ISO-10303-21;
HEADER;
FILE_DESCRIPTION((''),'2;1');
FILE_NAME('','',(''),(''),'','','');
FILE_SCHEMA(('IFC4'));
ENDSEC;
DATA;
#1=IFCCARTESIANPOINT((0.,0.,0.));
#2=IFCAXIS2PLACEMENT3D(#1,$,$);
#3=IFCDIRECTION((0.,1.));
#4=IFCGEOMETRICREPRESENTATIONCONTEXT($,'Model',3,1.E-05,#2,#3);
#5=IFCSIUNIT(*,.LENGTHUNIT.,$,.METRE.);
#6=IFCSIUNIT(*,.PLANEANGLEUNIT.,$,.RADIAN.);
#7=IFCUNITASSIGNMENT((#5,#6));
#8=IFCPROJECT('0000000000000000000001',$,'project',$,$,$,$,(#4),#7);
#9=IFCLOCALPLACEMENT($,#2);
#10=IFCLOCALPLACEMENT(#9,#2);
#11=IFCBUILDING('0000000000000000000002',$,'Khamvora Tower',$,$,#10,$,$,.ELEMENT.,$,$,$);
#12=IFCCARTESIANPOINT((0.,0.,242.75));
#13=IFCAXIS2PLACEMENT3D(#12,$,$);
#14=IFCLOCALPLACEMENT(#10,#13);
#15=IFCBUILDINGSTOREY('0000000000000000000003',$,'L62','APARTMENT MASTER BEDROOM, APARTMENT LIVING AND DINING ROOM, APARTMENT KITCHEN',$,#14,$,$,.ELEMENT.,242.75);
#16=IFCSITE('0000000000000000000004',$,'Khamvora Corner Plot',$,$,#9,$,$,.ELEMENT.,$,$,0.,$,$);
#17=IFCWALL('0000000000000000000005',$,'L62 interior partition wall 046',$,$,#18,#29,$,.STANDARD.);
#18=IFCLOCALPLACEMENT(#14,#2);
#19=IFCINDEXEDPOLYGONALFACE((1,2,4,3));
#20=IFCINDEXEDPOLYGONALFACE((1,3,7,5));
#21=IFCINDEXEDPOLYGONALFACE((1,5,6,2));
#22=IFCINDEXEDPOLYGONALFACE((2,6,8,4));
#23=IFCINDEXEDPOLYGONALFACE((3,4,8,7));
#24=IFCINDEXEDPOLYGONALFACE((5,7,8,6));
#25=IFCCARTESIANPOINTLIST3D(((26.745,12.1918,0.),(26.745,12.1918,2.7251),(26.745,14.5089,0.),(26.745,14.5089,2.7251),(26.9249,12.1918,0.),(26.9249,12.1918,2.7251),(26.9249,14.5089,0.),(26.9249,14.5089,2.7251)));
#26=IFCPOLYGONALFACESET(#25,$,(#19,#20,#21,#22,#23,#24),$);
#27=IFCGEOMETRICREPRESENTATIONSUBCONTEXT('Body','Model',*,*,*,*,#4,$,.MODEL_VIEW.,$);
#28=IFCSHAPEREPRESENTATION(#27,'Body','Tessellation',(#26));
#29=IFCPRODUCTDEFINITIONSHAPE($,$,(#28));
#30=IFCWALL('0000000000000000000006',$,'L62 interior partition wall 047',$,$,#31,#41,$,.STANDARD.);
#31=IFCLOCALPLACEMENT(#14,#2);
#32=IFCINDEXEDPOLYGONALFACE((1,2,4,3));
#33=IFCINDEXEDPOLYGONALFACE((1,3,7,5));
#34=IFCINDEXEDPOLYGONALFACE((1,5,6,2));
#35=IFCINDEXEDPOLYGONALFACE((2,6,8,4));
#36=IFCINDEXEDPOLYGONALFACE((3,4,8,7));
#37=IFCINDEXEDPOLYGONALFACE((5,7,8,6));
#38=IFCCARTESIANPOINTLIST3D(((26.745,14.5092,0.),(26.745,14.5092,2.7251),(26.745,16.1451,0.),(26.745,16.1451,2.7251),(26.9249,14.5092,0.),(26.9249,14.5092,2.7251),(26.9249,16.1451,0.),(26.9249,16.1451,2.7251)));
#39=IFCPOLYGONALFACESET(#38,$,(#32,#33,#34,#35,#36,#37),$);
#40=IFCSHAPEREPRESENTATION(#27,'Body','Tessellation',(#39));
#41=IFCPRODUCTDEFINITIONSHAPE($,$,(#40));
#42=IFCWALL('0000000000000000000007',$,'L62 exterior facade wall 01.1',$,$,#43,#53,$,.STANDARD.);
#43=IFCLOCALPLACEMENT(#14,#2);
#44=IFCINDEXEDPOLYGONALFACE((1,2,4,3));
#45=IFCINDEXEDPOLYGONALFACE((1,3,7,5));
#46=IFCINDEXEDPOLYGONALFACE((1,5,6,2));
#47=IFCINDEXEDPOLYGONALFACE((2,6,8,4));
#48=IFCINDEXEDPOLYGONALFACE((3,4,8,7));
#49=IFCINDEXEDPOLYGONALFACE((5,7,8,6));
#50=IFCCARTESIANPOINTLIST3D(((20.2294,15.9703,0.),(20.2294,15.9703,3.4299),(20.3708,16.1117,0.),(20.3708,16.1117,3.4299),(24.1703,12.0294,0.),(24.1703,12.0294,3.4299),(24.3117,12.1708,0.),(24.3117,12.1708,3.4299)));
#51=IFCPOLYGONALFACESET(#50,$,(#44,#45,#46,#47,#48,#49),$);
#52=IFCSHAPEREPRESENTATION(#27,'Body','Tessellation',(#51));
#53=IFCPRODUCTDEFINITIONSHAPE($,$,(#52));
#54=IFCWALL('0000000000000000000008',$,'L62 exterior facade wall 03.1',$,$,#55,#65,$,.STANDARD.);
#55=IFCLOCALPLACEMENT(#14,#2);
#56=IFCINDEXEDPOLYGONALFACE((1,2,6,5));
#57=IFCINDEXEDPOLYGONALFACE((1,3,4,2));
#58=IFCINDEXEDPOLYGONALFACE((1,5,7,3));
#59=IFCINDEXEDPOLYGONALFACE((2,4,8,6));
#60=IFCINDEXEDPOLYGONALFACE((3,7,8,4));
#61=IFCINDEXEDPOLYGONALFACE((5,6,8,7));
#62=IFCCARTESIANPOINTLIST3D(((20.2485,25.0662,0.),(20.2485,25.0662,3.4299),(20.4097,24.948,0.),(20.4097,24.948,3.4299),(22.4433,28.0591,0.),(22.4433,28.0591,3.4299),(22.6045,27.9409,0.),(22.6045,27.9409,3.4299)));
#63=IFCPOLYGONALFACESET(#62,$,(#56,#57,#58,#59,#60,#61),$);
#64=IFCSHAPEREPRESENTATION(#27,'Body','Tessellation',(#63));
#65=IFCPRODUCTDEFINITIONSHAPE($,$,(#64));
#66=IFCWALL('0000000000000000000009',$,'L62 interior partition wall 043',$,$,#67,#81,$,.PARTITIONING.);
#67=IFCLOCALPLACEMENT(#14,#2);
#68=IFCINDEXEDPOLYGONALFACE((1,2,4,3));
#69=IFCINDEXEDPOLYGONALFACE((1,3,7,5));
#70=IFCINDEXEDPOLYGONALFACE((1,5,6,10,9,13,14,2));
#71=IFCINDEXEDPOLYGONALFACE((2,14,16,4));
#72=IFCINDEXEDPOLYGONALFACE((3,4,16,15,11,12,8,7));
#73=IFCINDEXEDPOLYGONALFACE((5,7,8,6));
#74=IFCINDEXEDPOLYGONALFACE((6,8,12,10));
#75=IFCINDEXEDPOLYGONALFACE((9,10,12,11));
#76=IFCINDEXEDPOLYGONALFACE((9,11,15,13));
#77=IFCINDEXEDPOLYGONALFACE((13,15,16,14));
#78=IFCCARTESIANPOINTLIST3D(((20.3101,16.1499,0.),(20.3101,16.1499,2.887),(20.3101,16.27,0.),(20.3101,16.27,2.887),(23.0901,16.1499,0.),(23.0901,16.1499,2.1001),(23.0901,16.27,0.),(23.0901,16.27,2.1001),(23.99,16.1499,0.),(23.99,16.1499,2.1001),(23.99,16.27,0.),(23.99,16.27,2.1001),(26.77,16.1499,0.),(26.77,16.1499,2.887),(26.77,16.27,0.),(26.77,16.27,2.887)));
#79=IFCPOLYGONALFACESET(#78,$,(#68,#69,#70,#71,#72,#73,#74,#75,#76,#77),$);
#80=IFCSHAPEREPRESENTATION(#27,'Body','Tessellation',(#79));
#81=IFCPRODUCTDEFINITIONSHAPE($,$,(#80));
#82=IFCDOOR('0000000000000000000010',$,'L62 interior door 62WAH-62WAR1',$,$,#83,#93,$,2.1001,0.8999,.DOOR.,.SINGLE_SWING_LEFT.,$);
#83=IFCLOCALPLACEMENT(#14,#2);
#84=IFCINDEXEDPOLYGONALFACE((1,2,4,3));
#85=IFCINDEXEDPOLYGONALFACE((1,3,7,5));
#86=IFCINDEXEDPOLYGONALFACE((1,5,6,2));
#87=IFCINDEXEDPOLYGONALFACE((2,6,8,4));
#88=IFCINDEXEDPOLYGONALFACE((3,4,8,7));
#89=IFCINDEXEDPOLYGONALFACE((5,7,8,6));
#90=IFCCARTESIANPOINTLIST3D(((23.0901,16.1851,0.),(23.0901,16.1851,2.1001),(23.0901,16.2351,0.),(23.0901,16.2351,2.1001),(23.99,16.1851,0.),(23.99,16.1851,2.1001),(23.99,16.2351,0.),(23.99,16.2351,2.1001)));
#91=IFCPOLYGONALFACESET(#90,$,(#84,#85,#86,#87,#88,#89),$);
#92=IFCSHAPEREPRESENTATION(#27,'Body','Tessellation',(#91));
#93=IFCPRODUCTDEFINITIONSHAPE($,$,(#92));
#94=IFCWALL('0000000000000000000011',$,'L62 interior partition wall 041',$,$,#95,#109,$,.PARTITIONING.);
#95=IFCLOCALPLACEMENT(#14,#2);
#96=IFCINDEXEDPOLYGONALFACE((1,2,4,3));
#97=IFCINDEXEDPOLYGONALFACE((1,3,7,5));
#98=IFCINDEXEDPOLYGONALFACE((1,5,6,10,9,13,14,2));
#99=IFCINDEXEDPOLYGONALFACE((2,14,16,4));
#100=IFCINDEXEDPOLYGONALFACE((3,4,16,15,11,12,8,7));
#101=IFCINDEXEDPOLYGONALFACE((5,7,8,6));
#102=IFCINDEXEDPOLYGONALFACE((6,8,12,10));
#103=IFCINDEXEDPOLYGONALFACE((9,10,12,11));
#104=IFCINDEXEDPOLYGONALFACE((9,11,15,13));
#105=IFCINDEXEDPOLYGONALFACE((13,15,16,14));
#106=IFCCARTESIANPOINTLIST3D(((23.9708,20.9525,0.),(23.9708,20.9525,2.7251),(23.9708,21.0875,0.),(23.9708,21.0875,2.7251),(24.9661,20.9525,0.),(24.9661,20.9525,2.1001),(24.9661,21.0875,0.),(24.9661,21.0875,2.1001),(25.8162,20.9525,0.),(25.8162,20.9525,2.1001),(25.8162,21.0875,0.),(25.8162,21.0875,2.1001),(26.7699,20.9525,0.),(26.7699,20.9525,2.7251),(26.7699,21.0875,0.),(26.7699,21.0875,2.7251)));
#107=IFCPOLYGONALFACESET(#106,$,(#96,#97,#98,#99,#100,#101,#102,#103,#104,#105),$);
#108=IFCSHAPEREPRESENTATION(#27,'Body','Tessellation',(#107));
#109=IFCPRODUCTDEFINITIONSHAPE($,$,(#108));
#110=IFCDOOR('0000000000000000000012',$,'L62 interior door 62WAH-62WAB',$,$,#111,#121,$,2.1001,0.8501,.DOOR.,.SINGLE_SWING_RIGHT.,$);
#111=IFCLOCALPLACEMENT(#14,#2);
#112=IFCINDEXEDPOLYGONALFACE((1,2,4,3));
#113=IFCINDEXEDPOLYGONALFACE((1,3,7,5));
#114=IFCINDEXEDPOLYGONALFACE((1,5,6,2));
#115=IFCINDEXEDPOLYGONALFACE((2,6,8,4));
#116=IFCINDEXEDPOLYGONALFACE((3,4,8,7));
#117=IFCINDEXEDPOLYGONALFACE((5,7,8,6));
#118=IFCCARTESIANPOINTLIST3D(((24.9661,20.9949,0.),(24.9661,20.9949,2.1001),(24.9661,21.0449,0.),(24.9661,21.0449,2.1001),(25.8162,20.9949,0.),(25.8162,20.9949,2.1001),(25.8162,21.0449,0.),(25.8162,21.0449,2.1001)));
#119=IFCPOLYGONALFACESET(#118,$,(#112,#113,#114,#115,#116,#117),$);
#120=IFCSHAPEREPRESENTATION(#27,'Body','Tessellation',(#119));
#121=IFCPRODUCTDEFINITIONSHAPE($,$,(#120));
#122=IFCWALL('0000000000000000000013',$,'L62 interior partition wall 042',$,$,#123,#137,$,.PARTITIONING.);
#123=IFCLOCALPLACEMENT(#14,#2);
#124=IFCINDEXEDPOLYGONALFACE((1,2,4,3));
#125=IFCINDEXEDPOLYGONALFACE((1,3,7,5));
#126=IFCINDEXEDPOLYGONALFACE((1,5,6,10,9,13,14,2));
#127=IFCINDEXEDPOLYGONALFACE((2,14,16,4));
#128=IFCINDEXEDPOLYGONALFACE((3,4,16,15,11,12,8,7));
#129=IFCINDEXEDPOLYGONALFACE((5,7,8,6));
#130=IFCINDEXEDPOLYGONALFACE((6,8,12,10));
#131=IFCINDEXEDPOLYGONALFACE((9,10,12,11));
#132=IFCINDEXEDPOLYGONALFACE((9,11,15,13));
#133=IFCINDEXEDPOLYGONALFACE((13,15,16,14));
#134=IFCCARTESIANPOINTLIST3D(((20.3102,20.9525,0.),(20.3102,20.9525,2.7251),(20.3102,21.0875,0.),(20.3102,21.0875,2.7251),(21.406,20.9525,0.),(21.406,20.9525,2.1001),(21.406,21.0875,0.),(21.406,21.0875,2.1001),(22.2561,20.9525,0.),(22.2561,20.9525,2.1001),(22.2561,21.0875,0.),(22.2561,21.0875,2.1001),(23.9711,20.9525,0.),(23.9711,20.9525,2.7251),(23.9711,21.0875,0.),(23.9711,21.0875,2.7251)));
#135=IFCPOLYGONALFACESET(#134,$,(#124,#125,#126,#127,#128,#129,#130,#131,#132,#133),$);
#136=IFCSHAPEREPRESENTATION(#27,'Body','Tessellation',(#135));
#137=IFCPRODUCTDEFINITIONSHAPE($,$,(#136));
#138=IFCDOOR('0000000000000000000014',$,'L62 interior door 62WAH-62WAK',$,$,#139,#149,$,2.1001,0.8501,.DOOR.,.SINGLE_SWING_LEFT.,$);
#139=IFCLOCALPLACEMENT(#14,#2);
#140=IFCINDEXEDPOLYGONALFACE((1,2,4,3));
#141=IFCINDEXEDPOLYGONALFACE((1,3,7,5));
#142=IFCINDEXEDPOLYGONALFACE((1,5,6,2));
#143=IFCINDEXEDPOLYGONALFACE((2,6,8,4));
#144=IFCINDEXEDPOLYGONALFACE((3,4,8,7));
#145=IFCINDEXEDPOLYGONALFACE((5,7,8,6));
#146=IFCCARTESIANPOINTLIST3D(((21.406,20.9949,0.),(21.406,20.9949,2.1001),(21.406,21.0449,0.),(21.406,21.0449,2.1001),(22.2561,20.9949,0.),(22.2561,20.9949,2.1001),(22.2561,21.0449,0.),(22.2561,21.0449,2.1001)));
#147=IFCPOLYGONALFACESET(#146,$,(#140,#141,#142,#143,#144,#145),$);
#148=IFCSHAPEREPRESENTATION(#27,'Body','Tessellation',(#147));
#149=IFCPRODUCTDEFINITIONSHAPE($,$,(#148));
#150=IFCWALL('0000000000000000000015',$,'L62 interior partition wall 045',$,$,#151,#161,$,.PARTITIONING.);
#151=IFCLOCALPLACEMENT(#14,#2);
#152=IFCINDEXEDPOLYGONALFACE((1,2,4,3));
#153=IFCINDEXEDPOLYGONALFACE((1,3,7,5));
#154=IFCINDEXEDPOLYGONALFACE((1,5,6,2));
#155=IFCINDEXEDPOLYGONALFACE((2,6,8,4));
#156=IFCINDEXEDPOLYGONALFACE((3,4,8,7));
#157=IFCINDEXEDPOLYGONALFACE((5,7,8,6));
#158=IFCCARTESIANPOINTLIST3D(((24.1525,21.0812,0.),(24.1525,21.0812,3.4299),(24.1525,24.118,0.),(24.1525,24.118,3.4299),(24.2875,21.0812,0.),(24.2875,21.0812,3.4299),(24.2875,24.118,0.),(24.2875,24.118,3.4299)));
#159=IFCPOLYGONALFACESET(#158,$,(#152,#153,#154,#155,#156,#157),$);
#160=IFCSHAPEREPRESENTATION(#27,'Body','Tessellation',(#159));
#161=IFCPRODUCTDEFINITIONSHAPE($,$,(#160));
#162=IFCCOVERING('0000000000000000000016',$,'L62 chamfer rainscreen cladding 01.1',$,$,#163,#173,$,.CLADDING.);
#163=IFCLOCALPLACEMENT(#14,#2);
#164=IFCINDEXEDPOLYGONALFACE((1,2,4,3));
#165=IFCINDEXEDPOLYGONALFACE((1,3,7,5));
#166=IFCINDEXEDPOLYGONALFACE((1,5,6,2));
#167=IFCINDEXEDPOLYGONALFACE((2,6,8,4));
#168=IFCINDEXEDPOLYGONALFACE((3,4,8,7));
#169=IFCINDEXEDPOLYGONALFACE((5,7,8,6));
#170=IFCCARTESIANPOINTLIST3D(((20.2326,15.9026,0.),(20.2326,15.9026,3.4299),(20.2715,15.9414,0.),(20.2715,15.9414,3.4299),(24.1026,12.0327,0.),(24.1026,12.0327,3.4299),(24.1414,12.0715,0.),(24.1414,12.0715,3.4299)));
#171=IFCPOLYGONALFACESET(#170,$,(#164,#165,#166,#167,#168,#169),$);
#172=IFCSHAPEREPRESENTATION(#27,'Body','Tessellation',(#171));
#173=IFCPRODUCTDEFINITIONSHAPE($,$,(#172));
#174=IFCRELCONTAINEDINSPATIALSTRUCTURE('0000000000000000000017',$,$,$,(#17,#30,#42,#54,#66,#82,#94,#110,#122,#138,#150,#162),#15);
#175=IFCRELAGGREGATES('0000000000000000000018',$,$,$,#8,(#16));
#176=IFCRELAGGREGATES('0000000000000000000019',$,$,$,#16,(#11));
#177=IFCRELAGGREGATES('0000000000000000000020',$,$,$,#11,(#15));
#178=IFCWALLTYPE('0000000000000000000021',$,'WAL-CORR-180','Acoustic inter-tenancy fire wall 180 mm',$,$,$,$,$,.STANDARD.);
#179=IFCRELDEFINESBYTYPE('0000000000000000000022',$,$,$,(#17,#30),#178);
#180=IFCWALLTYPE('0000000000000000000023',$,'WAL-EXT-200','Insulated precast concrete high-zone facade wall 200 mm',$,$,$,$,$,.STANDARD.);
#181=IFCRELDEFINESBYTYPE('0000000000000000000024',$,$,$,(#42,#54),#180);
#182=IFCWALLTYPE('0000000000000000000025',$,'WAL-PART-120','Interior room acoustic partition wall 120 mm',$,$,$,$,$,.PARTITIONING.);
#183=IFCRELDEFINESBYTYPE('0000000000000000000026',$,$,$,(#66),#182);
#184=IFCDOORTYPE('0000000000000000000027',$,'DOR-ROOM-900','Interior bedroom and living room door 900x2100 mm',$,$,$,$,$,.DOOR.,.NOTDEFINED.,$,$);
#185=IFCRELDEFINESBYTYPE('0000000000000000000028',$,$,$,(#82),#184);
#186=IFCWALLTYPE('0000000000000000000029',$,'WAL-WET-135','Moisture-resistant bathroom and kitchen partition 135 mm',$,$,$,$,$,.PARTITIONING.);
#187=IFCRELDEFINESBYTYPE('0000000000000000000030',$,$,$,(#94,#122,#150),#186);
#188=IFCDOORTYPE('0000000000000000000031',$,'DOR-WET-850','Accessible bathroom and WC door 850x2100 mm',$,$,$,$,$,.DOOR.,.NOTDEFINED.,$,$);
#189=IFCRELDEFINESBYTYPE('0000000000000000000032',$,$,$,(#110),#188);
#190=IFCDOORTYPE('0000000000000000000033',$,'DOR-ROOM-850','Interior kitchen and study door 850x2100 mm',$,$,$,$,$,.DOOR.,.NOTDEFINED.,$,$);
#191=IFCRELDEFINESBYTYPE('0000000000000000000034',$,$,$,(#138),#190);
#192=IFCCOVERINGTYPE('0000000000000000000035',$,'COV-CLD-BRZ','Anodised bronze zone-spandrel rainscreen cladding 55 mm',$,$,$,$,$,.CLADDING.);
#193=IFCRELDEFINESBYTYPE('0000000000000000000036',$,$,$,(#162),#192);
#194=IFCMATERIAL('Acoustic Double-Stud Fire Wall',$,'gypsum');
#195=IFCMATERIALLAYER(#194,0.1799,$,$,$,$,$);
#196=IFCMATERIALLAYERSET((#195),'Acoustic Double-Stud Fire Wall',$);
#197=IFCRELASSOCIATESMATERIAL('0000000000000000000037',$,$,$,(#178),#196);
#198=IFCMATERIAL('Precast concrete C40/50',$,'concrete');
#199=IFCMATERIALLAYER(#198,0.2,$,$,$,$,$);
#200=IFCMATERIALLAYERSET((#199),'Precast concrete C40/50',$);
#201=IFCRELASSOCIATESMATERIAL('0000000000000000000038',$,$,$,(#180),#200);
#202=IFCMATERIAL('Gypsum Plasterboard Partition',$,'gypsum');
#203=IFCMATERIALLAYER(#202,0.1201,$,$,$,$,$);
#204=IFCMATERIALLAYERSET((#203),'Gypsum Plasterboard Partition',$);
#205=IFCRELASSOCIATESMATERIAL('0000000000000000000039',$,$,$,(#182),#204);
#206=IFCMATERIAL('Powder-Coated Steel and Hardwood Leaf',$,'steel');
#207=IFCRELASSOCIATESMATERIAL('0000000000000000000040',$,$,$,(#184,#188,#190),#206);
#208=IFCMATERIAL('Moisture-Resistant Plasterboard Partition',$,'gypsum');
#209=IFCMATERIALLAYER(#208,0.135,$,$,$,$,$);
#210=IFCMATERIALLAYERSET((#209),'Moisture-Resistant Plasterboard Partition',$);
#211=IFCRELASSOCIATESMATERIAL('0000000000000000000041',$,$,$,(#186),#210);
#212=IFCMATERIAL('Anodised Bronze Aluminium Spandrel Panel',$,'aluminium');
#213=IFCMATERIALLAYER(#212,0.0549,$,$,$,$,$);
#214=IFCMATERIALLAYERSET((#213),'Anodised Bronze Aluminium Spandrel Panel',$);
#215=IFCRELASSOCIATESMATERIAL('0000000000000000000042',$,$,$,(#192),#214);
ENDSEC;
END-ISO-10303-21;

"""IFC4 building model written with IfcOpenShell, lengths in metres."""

from ifc_helpers import new_model, si_unit, direction, frame, frame_2d, origin, origin_2d, place, context, subcontext, project, spatial, rectangle, extrude, material, layer, layer_set, type_object, element, fill, save


model = new_model("IFC4")

# Units and contexts
model_context = context("Model", 3, precision=1e-05, world=origin(), true_north=direction((0.0, 1.0)))
body_context = subcontext(model_context, "Body", "Model", "MODEL_VIEW")
ifc_project = project(units=[si_unit("LENGTHUNIT", "METRE"), si_unit("PLANEANGLEUNIT", "RADIAN")], contexts=[model_context])

# Site, building, storey
site_placement = place(None, origin())
site = spatial("IfcSite", under=ifc_project, at=site_placement, Name="Khamvora Corner Plot", CompositionType="ELEMENT", RefElevation=0.0)
building_placement = place(site_placement, origin())
building = spatial("IfcBuilding", under=site, at=building_placement, Name="Khamvora Tower", CompositionType="ELEMENT")
storey_placement = place(building_placement, frame((0.0, 0.0, 242.75)))
storey = spatial("IfcBuildingStorey", under=building, at=storey_placement, Name="L62", Description="APARTMENT MASTER BEDROOM, APARTMENT LIVING AND DINING ROOM, APARTMENT KITCHEN", CompositionType="ELEMENT", Elevation=242.75)

# Shared definitions
ifc_material_1 = material(Name="Powder-Coated Steel and Hardwood Leaf", Category="steel")

# Walls
ifc_material_2 = material(Name="Acoustic Double-Stud Fire Wall", Category="gypsum")
ifc_layer_1 = layer(ifc_material_2, 0.1799)
ifc_layer_set_1 = layer_set([ifc_layer_1], Name="Acoustic Double-Stud Fire Wall")
wall_type_1 = type_object("IfcWallType", Name="WAL-CORR-180", Description="Acoustic inter-tenancy fire wall 180 mm", PredefinedType="STANDARD", material=ifc_layer_set_1)
wall_1_placement = place(storey_placement, frame((26.835, 14.509, 0.0), z_axis=(0.0, 0.0, 1.0), x_axis=(0.0, -1.0, 0.0)))
element("IfcWall", 1, at=wall_1_placement, inside=storey, type_object=wall_type_1, Name="L62 interior partition wall 046", PredefinedType="STANDARD", context=body_context, shape_type="SweptSolid", body=[
    extrude(rectangle(XDim=2.3171, YDim=0.1799, at=frame_2d((1.1587, 0.0))), origin(), (0.0, 0.0, 1.0), 2.7251),
])
wall_2_placement = place(storey_placement, frame((26.835, 16.145, 0.0), z_axis=(0.0, 0.0, 1.0), x_axis=(0.0, -1.0, 0.0)))
element("IfcWall", 2, at=wall_2_placement, inside=storey, type_object=wall_type_1, Name="L62 interior partition wall 047", PredefinedType="STANDARD", context=body_context, shape_type="SweptSolid", body=[
    extrude(rectangle(XDim=1.636, YDim=0.1799, at=frame_2d((0.8179, 0.0))), origin(), (0.0, 0.0, 1.0), 2.7251),
])
ifc_material_3 = material(Name="Precast concrete C40/50", Category="concrete")
ifc_layer_2 = layer(ifc_material_3, 0.2)
ifc_layer_set_2 = layer_set([ifc_layer_2], Name="Precast concrete C40/50")
wall_type_2 = type_object("IfcWallType", Name="WAL-EXT-200", Description="Insulated precast concrete high-zone facade wall 200 mm", PredefinedType="STANDARD", material=ifc_layer_set_2)
wall_3_placement = place(storey_placement, frame((24.241, 12.1001, 0.0), z_axis=(0.0, 0.0, 1.0), x_axis=(-0.707107, 0.707107, 0.0)))
element("IfcWall", 3, at=wall_3_placement, inside=storey, type_object=wall_type_2, Name="L62 exterior facade wall 01.1", PredefinedType="STANDARD", context=body_context, shape_type="SweptSolid", body=[
    extrude(rectangle(XDim=5.5732, YDim=0.2, at=frame_2d((2.7866, 0.0))), origin(), (0.0, 0.0, 1.0), 3.4299),
])
wall_4_placement = place(storey_placement, frame((20.3291, 25.0071, 0.0), z_axis=(0.0, 0.0, 1.0), x_axis=(0.591367, 0.806403, 0.0)))
element("IfcWall", 4, at=wall_4_placement, inside=storey, type_object=wall_type_2, Name="L62 exterior facade wall 03.1", PredefinedType="STANDARD", context=body_context, shape_type="SweptSolid", body=[
    extrude(rectangle(XDim=3.7114, YDim=0.2, at=frame_2d((1.8557, 0.0))), origin(), (0.0, 0.0, 1.0), 3.4299),
])

# Walls, openings, doors
ifc_material_4 = material(Name="Gypsum Plasterboard Partition", Category="gypsum")
ifc_layer_3 = layer(ifc_material_4, 0.1201)
ifc_layer_set_3 = layer_set([ifc_layer_3], Name="Gypsum Plasterboard Partition")
wall_type_3 = type_object("IfcWallType", Name="WAL-PART-120", Description="Interior room acoustic partition wall 120 mm", PredefinedType="PARTITIONING", material=ifc_layer_set_3)
wall_5_placement = place(storey_placement, frame((26.77, 16.21, 0.0), z_axis=(0.0, 0.0, 1.0), x_axis=(-1.0, 0.0, 0.0)))
wall_5 = element("IfcWall", 5, at=wall_5_placement, inside=storey, type_object=wall_type_3, Name="L62 interior partition wall 043", PredefinedType="PARTITIONING", context=body_context, shape_type="SweptSolid", body=[
    extrude(rectangle(XDim=6.46, YDim=0.1201, at=frame_2d((3.23, 0.0))), origin(), (0.0, 0.0, 1.0), 2.887),
])
opening_1_placement = place(wall_5_placement, frame((2.78, 0.0, 0.0)))
opening_1 = element("IfcOpeningElement", 6, at=opening_1_placement, cuts=wall_5, PredefinedType="OPENING", context=body_context, shape_type="SweptSolid", body=[
    extrude(rectangle(XDim=0.8999, YDim=2.1001, at=frame_2d((0.45, 1.05))), frame((0.0, 0.0701, 0.0), z_axis=(0.0, -1.0, 0.0), x_axis=(1.0, 0.0, 0.0)), (0.0, 0.0, 1.0), 0.1401),
])
door_type_1 = type_object("IfcDoorType", Name="DOR-ROOM-900", Description="Interior bedroom and living room door 900x2100 mm", OperationType="NOTDEFINED", PredefinedType="DOOR", material=ifc_material_1)
door_1_placement = place(opening_1_placement, origin())
door_1 = element("IfcDoor", 7, at=door_1_placement, inside=storey, type_object=door_type_1, Name="L62 interior door 62WAH-62WAR1", OperationType="SINGLE_SWING_LEFT", OverallHeight=2.1001, OverallWidth=0.8999, PredefinedType="DOOR", context=body_context, shape_type="SweptSolid", body=[
    extrude(rectangle(XDim=0.8999, YDim=2.1001, at=frame_2d((0.45, 1.05))), frame((0.0, 0.0249, 0.0), z_axis=(0.0, -1.0, 0.0), x_axis=(1.0, 0.0, 0.0)), (0.0, 0.0, 1.0), 0.05),
])
fill(opening_1, door_1)
ifc_material_5 = material(Name="Moisture-Resistant Plasterboard Partition", Category="gypsum")
ifc_layer_4 = layer(ifc_material_5, 0.135)
ifc_layer_set_4 = layer_set([ifc_layer_4], Name="Moisture-Resistant Plasterboard Partition")
wall_type_4 = type_object("IfcWallType", Name="WAL-WET-135", Description="Moisture-resistant bathroom and kitchen partition 135 mm", PredefinedType="PARTITIONING", material=ifc_layer_set_4)
wall_6_placement = place(storey_placement, frame((23.9709, 21.02, 0.0), z_axis=(0.0, 0.0, 1.0), x_axis=(1.0, 0.0, 0.0)))
wall_6 = element("IfcWall", 8, at=wall_6_placement, inside=storey, type_object=wall_type_4, Name="L62 interior partition wall 041", PredefinedType="PARTITIONING", context=body_context, shape_type="SweptSolid", body=[
    extrude(rectangle(XDim=2.7991, YDim=0.135, at=frame_2d((1.3994, 0.0))), origin(), (0.0, 0.0, 1.0), 2.7251),
])
opening_2_placement = place(wall_6_placement, frame((0.9951, 0.0, 0.0)))
opening_2 = element("IfcOpeningElement", 9, at=opening_2_placement, cuts=wall_6, PredefinedType="OPENING", context=body_context, shape_type="SweptSolid", body=[
    extrude(rectangle(XDim=0.8501, YDim=2.1001, at=frame_2d((0.425, 1.05))), frame((0.0, 0.0774, 0.0), z_axis=(0.0, -1.0, 0.0), x_axis=(1.0, 0.0, 0.0)), (0.0, 0.0, 1.0), 0.155),
])
door_type_2 = type_object("IfcDoorType", Name="DOR-WET-850", Description="Accessible bathroom and WC door 850x2100 mm", OperationType="NOTDEFINED", PredefinedType="DOOR", material=ifc_material_1)
door_2_placement = place(opening_2_placement, origin())
door_2 = element("IfcDoor", 10, at=door_2_placement, inside=storey, type_object=door_type_2, Name="L62 interior door 62WAH-62WAB", OperationType="SINGLE_SWING_RIGHT", OverallHeight=2.1001, OverallWidth=0.8501, PredefinedType="DOOR", context=body_context, shape_type="SweptSolid", body=[
    extrude(rectangle(XDim=0.8501, YDim=2.1001, at=frame_2d((0.425, 1.05))), frame((0.0, 0.0249, 0.0), z_axis=(0.0, -1.0, 0.0), x_axis=(1.0, 0.0, 0.0)), (0.0, 0.0, 1.0), 0.05),
])
fill(opening_2, door_2)
wall_7_placement = place(storey_placement, frame((20.3101, 21.02, 0.0), z_axis=(0.0, 0.0, 1.0), x_axis=(1.0, 0.0, 0.0)))
wall_7 = element("IfcWall", 11, at=wall_7_placement, inside=storey, type_object=wall_type_4, Name="L62 interior partition wall 042", PredefinedType="PARTITIONING", context=body_context, shape_type="SweptSolid", body=[
    extrude(rectangle(XDim=3.6609, YDim=0.135, at=frame_2d((1.8306, 0.0))), origin(), (0.0, 0.0, 1.0), 2.7251),
])
opening_3_placement = place(wall_7_placement, frame((1.0959, 0.0, 0.0)))
opening_3 = element("IfcOpeningElement", 12, at=opening_3_placement, cuts=wall_7, PredefinedType="OPENING", context=body_context, shape_type="SweptSolid", body=[
    extrude(rectangle(XDim=0.8501, YDim=2.1001, at=frame_2d((0.425, 1.05))), frame((0.0, 0.0774, 0.0), z_axis=(0.0, -1.0, 0.0), x_axis=(1.0, 0.0, 0.0)), (0.0, 0.0, 1.0), 0.155),
])
door_type_3 = type_object("IfcDoorType", Name="DOR-ROOM-850", Description="Interior kitchen and study door 850x2100 mm", OperationType="NOTDEFINED", PredefinedType="DOOR", material=ifc_material_1)
door_3_placement = place(opening_3_placement, origin())
door_3 = element("IfcDoor", 13, at=door_3_placement, inside=storey, type_object=door_type_3, Name="L62 interior door 62WAH-62WAK", OperationType="SINGLE_SWING_LEFT", OverallHeight=2.1001, OverallWidth=0.8501, PredefinedType="DOOR", context=body_context, shape_type="SweptSolid", body=[
    extrude(rectangle(XDim=0.8501, YDim=2.1001, at=frame_2d((0.425, 1.05))), frame((0.0, 0.0249, 0.0), z_axis=(0.0, -1.0, 0.0), x_axis=(1.0, 0.0, 0.0)), (0.0, 0.0, 1.0), 0.05),
])
fill(opening_3, door_3)

# Wall
wall_8_placement = place(storey_placement, frame((24.22, 21.0811, 0.0), z_axis=(0.0, 0.0, 1.0), x_axis=(0.0, 1.0, 0.0)))
element("IfcWall", 14, at=wall_8_placement, inside=storey, type_object=wall_type_4, Name="L62 interior partition wall 045", PredefinedType="PARTITIONING", context=body_context, shape_type="SweptSolid", body=[
    extrude(rectangle(XDim=3.0369, YDim=0.135, at=frame_2d((1.5186, 0.0))), origin(), (0.0, 0.0, 1.0), 3.4299),
])

# Covering
ifc_material_6 = material(Name="Anodised Bronze Aluminium Spandrel Panel", Category="aluminium")
ifc_layer_5 = layer(ifc_material_6, 0.0549)
ifc_layer_set_5 = layer_set([ifc_layer_5], Name="Anodised Bronze Aluminium Spandrel Panel")
covering_type = type_object("IfcCoveringType", Name="COV-CLD-BRZ", Description="Anodised bronze zone-spandrel rainscreen cladding 55 mm", PredefinedType="CLADDING", material=ifc_layer_set_5)
covering_placement = place(storey_placement, frame((22.187, 13.9871, 0.0), z_axis=(0.0, 0.0, 1.0), x_axis=(-0.707107, 0.707107, 0.0)))
element("IfcCovering", 15, at=covering_placement, inside=storey, type_object=covering_type, Name="L62 chamfer rainscreen cladding 01.1", PredefinedType="CLADDING", context=body_context, shape_type="SweptSolid", body=[
    extrude(rectangle(XDim=5.4729, YDim=0.0549, at=origin_2d()), origin(), (0.0, 0.0, 1.0), 3.4299),
])

save(model, "model.ifc")
